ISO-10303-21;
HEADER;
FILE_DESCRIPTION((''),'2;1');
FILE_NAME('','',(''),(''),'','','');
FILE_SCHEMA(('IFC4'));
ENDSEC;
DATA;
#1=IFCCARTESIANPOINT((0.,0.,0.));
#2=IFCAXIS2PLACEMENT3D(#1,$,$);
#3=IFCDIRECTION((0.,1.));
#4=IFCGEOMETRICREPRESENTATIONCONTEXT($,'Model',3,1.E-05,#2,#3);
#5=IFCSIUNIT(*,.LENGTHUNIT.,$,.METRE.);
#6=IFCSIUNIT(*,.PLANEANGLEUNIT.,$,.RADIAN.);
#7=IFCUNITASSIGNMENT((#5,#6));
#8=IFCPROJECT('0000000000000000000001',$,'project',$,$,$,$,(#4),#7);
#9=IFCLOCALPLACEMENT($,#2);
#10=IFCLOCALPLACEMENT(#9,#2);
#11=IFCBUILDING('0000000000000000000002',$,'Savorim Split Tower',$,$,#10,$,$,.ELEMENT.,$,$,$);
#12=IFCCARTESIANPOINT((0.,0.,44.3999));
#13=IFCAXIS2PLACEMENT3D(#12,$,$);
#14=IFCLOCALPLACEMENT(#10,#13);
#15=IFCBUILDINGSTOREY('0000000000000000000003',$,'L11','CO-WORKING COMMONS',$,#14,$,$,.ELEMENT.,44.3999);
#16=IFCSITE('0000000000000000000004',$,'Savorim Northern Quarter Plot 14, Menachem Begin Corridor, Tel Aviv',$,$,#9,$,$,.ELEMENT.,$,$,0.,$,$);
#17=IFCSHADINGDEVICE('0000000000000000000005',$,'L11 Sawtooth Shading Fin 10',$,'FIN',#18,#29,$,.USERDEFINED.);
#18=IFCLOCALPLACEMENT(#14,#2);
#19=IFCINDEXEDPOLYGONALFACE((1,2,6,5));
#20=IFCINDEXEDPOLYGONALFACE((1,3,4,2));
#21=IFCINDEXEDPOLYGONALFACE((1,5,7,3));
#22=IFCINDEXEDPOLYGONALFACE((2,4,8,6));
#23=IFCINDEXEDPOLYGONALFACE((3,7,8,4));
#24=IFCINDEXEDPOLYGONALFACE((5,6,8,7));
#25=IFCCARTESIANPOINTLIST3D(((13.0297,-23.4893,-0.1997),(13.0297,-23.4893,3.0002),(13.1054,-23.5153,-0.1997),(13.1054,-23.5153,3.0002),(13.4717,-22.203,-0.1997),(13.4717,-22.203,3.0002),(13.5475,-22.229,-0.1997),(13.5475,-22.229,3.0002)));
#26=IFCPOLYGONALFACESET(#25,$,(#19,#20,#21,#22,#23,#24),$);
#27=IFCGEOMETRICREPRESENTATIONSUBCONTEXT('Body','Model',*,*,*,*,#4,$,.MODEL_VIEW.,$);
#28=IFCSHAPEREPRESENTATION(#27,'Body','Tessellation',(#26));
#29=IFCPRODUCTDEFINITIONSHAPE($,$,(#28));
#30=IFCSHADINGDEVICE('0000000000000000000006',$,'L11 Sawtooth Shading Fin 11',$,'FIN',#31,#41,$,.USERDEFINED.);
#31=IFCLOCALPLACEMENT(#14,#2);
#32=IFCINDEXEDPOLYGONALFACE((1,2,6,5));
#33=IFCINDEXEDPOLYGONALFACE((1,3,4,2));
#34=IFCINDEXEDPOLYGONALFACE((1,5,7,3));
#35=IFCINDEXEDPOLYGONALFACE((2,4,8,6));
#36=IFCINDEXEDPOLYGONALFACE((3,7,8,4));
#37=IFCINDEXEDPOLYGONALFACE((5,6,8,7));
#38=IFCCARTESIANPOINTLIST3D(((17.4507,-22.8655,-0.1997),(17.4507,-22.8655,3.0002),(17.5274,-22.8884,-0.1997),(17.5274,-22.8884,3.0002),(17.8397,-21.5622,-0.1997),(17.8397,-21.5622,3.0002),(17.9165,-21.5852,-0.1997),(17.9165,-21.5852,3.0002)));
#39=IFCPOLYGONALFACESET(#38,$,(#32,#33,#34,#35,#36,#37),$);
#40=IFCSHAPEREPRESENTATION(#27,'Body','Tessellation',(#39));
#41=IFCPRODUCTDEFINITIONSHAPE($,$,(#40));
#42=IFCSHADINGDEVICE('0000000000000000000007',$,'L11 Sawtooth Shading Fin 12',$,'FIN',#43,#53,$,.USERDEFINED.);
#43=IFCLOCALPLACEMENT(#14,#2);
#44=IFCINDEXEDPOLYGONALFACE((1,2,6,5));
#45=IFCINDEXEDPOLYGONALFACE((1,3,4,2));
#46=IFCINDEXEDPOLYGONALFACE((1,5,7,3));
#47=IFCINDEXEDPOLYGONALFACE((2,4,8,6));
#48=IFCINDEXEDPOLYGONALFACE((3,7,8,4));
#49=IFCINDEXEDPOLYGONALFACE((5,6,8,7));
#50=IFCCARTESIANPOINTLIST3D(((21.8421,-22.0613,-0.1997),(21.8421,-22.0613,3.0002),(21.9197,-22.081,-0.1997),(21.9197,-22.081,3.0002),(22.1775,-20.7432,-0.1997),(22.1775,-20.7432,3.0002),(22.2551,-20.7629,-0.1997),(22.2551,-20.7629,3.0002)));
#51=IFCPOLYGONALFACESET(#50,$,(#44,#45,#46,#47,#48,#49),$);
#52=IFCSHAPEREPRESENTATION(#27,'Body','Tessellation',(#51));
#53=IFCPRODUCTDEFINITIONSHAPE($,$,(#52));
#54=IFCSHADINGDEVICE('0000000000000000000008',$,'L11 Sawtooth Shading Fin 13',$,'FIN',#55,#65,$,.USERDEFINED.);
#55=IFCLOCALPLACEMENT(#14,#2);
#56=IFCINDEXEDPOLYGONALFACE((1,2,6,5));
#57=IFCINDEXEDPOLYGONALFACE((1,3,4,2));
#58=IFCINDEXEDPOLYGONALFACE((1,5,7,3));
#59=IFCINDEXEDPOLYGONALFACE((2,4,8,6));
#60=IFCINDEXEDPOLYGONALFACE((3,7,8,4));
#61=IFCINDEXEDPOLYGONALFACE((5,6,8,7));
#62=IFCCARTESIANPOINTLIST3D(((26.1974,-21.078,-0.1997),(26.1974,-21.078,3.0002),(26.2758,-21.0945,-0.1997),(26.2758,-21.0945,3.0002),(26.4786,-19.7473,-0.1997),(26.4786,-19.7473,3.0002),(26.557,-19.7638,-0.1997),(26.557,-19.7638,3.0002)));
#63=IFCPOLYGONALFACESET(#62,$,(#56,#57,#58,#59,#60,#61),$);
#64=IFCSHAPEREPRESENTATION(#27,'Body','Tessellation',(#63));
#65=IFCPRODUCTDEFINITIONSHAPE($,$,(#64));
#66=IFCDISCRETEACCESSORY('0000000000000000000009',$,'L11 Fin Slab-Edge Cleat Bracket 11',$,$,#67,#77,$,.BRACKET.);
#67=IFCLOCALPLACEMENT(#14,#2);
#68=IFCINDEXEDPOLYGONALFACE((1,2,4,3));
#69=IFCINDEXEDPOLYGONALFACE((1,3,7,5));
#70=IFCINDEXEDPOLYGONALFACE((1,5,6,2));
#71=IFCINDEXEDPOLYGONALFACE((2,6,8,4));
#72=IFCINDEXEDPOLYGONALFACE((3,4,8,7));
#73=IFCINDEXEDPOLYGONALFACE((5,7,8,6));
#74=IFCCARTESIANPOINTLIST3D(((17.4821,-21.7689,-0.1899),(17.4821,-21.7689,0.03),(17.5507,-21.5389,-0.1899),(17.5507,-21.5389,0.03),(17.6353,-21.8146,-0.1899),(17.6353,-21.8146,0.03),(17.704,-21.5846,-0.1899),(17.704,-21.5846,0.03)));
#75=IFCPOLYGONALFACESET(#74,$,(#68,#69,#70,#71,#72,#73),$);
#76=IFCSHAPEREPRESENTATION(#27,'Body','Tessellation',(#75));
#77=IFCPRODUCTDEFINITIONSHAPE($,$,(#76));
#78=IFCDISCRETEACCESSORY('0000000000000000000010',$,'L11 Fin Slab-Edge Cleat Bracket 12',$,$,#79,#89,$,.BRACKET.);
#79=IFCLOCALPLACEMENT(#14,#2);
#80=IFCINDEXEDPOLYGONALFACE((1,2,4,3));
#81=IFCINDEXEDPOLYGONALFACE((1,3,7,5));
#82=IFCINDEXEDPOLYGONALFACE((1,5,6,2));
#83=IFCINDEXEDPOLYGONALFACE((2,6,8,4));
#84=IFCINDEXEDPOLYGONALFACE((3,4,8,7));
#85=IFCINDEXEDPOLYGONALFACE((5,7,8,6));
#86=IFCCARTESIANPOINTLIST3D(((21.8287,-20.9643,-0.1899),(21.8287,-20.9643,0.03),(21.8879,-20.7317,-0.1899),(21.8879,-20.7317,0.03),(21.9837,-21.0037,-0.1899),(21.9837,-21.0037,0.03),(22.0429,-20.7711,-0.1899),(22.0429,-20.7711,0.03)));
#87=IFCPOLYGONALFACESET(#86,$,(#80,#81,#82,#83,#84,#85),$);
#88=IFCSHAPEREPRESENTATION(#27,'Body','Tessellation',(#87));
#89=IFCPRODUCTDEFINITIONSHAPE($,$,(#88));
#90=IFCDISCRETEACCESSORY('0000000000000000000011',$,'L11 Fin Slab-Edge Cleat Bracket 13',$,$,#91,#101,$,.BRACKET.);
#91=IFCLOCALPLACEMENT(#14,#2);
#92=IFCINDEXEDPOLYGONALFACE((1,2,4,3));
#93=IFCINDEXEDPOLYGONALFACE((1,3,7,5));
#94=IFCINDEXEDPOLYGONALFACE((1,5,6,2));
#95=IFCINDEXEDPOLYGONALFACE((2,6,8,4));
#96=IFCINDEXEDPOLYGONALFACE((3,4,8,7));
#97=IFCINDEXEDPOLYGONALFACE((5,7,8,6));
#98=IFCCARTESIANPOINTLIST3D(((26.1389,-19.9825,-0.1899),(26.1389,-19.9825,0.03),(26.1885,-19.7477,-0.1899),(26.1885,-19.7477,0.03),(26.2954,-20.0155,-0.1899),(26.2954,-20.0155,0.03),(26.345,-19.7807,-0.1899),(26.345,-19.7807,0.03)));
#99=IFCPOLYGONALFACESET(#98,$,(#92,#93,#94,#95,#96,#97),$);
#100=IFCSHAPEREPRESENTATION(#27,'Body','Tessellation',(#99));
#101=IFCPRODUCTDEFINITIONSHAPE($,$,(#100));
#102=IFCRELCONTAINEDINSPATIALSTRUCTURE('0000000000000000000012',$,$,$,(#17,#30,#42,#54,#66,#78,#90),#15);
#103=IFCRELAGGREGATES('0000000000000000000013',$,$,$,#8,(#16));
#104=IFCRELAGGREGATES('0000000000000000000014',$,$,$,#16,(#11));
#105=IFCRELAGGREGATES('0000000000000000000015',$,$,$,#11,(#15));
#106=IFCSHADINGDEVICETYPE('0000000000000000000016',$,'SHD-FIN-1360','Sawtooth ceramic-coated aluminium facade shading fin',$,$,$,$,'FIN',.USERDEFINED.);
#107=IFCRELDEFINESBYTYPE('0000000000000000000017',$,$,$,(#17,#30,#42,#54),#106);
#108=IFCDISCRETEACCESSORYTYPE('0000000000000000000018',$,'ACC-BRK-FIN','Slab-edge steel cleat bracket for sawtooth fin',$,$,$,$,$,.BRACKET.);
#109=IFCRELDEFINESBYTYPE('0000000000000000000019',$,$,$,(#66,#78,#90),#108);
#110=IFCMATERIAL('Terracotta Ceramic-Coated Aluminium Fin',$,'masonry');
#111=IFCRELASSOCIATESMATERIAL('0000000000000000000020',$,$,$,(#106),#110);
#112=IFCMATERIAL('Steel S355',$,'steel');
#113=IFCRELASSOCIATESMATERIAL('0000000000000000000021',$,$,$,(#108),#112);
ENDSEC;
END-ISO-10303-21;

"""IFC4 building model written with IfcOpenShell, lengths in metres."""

from ifc_helpers import new_model, si_unit, direction, frame, origin, origin_2d, place, context, subcontext, project, spatial, rectangle, extrude, material, type_object, element, save


model = new_model("IFC4")

# Units and contexts
model_context = context("Model", 3, precision=1e-05, world=origin(), true_north=direction((0.0, 1.0)))
body_context = subcontext(model_context, "Body", "Model", "MODEL_VIEW")
ifc_project = project(units=[si_unit("LENGTHUNIT", "METRE"), si_unit("PLANEANGLEUNIT", "RADIAN")], contexts=[model_context])

# Site, building, storey
site_placement = place(None, origin())
site = spatial("IfcSite", under=ifc_project, at=site_placement, Name="Savorim Northern Quarter Plot 14, Menachem Begin Corridor, Tel Aviv", CompositionType="ELEMENT", RefElevation=0.0)
building_placement = place(site_placement, origin())
building = spatial("IfcBuilding", under=site, at=building_placement, Name="Savorim Split Tower", CompositionType="ELEMENT")
storey_placement = place(building_placement, frame((0.0, 0.0, 44.3999)))
storey = spatial("IfcBuildingStorey", under=building, at=storey_placement, Name="L11", Description="CO-WORKING COMMONS", CompositionType="ELEMENT", Elevation=44.3999)

# Shared definitions
ifc_material_1 = material(Name="Steel S355", Category="steel")

# Shading devices
ifc_material_2 = material(Name="Terracotta Ceramic-Coated Aluminium Fin", Category="masonry")
shading_device_type = type_object("IfcShadingDeviceType", Name="SHD-FIN-1360", Description="Sawtooth ceramic-coated aluminium facade shading fin", ElementType="FIN", PredefinedType="USERDEFINED", material=ifc_material_2)
for number, where, z_axis, x_axis, name in (
    (1, (13.2886, -22.8591, -0.1997), (0.0, 0.0, 1.0), (-0.324994, -0.945716, 0.0), "L11 Sawtooth Shading Fin 10"),
    (2, (17.6836, -22.2253, -0.1997), (0.0, 0.0, 1.0), (-0.286026, -0.958222, 0.0), "L11 Sawtooth Shading Fin 11"),
    (3, (22.0486, -21.4121, -0.1997), (0.0, 0.0, 1.0), (-0.246581, -0.969122, 0.0), "L11 Sawtooth Shading Fin 12"),
    (4, (26.3772, -20.4209, -0.1997), (0.0, 0.0, 1.0), (-0.206722, -0.9784, 0.0), "L11 Sawtooth Shading Fin 13"),
):
    element("IfcShadingDevice", number, at=place(storey_placement, frame(where, z_axis=z_axis, x_axis=x_axis)), inside=storey, type_object=shading_device_type, Name=name, ObjectType="FIN", PredefinedType="USERDEFINED", context=body_context, shape_type="SweptSolid", body=[
        extrude(rectangle(XDim=1.3601, YDim=0.0801, at=origin_2d()), origin(), (0.0, 0.0, 1.0), 3.2),
    ])

# Discrete accessories
discrete_accessory_type = type_object("IfcDiscreteAccessoryType", Name="ACC-BRK-FIN", Description="Slab-edge steel cleat bracket for sawtooth fin", PredefinedType="BRACKET", material=ifc_material_1)
for number, where, z_axis, x_axis, name in (
    (5, (17.593, -21.6768, -0.1899), (0.0, 0.0, 1.0), (-0.286026, -0.958222, 0.0), "L11 Fin Slab-Edge Cleat Bracket 11"),
    (6, (21.9358, -20.8677, -0.1899), (0.0, 0.0, 1.0), (-0.246581, -0.969122, 0.0), "L11 Fin Slab-Edge Cleat Bracket 12"),
    (7, (26.2419, -19.8816, -0.1899), (0.0, 0.0, 1.0), (-0.206722, -0.9784, 0.0), "L11 Fin Slab-Edge Cleat Bracket 13"),
):
    element("IfcDiscreteAccessory", number, at=place(storey_placement, frame(where, z_axis=z_axis, x_axis=x_axis)), inside=storey, type_object=discrete_accessory_type, Name=name, PredefinedType="BRACKET", context=body_context, shape_type="SweptSolid", body=[
        extrude(rectangle(XDim=0.24, YDim=0.1599, at=origin_2d()), origin(), (0.0, 0.0, 1.0), 0.22),
    ])

save(model, "model.ifc")
